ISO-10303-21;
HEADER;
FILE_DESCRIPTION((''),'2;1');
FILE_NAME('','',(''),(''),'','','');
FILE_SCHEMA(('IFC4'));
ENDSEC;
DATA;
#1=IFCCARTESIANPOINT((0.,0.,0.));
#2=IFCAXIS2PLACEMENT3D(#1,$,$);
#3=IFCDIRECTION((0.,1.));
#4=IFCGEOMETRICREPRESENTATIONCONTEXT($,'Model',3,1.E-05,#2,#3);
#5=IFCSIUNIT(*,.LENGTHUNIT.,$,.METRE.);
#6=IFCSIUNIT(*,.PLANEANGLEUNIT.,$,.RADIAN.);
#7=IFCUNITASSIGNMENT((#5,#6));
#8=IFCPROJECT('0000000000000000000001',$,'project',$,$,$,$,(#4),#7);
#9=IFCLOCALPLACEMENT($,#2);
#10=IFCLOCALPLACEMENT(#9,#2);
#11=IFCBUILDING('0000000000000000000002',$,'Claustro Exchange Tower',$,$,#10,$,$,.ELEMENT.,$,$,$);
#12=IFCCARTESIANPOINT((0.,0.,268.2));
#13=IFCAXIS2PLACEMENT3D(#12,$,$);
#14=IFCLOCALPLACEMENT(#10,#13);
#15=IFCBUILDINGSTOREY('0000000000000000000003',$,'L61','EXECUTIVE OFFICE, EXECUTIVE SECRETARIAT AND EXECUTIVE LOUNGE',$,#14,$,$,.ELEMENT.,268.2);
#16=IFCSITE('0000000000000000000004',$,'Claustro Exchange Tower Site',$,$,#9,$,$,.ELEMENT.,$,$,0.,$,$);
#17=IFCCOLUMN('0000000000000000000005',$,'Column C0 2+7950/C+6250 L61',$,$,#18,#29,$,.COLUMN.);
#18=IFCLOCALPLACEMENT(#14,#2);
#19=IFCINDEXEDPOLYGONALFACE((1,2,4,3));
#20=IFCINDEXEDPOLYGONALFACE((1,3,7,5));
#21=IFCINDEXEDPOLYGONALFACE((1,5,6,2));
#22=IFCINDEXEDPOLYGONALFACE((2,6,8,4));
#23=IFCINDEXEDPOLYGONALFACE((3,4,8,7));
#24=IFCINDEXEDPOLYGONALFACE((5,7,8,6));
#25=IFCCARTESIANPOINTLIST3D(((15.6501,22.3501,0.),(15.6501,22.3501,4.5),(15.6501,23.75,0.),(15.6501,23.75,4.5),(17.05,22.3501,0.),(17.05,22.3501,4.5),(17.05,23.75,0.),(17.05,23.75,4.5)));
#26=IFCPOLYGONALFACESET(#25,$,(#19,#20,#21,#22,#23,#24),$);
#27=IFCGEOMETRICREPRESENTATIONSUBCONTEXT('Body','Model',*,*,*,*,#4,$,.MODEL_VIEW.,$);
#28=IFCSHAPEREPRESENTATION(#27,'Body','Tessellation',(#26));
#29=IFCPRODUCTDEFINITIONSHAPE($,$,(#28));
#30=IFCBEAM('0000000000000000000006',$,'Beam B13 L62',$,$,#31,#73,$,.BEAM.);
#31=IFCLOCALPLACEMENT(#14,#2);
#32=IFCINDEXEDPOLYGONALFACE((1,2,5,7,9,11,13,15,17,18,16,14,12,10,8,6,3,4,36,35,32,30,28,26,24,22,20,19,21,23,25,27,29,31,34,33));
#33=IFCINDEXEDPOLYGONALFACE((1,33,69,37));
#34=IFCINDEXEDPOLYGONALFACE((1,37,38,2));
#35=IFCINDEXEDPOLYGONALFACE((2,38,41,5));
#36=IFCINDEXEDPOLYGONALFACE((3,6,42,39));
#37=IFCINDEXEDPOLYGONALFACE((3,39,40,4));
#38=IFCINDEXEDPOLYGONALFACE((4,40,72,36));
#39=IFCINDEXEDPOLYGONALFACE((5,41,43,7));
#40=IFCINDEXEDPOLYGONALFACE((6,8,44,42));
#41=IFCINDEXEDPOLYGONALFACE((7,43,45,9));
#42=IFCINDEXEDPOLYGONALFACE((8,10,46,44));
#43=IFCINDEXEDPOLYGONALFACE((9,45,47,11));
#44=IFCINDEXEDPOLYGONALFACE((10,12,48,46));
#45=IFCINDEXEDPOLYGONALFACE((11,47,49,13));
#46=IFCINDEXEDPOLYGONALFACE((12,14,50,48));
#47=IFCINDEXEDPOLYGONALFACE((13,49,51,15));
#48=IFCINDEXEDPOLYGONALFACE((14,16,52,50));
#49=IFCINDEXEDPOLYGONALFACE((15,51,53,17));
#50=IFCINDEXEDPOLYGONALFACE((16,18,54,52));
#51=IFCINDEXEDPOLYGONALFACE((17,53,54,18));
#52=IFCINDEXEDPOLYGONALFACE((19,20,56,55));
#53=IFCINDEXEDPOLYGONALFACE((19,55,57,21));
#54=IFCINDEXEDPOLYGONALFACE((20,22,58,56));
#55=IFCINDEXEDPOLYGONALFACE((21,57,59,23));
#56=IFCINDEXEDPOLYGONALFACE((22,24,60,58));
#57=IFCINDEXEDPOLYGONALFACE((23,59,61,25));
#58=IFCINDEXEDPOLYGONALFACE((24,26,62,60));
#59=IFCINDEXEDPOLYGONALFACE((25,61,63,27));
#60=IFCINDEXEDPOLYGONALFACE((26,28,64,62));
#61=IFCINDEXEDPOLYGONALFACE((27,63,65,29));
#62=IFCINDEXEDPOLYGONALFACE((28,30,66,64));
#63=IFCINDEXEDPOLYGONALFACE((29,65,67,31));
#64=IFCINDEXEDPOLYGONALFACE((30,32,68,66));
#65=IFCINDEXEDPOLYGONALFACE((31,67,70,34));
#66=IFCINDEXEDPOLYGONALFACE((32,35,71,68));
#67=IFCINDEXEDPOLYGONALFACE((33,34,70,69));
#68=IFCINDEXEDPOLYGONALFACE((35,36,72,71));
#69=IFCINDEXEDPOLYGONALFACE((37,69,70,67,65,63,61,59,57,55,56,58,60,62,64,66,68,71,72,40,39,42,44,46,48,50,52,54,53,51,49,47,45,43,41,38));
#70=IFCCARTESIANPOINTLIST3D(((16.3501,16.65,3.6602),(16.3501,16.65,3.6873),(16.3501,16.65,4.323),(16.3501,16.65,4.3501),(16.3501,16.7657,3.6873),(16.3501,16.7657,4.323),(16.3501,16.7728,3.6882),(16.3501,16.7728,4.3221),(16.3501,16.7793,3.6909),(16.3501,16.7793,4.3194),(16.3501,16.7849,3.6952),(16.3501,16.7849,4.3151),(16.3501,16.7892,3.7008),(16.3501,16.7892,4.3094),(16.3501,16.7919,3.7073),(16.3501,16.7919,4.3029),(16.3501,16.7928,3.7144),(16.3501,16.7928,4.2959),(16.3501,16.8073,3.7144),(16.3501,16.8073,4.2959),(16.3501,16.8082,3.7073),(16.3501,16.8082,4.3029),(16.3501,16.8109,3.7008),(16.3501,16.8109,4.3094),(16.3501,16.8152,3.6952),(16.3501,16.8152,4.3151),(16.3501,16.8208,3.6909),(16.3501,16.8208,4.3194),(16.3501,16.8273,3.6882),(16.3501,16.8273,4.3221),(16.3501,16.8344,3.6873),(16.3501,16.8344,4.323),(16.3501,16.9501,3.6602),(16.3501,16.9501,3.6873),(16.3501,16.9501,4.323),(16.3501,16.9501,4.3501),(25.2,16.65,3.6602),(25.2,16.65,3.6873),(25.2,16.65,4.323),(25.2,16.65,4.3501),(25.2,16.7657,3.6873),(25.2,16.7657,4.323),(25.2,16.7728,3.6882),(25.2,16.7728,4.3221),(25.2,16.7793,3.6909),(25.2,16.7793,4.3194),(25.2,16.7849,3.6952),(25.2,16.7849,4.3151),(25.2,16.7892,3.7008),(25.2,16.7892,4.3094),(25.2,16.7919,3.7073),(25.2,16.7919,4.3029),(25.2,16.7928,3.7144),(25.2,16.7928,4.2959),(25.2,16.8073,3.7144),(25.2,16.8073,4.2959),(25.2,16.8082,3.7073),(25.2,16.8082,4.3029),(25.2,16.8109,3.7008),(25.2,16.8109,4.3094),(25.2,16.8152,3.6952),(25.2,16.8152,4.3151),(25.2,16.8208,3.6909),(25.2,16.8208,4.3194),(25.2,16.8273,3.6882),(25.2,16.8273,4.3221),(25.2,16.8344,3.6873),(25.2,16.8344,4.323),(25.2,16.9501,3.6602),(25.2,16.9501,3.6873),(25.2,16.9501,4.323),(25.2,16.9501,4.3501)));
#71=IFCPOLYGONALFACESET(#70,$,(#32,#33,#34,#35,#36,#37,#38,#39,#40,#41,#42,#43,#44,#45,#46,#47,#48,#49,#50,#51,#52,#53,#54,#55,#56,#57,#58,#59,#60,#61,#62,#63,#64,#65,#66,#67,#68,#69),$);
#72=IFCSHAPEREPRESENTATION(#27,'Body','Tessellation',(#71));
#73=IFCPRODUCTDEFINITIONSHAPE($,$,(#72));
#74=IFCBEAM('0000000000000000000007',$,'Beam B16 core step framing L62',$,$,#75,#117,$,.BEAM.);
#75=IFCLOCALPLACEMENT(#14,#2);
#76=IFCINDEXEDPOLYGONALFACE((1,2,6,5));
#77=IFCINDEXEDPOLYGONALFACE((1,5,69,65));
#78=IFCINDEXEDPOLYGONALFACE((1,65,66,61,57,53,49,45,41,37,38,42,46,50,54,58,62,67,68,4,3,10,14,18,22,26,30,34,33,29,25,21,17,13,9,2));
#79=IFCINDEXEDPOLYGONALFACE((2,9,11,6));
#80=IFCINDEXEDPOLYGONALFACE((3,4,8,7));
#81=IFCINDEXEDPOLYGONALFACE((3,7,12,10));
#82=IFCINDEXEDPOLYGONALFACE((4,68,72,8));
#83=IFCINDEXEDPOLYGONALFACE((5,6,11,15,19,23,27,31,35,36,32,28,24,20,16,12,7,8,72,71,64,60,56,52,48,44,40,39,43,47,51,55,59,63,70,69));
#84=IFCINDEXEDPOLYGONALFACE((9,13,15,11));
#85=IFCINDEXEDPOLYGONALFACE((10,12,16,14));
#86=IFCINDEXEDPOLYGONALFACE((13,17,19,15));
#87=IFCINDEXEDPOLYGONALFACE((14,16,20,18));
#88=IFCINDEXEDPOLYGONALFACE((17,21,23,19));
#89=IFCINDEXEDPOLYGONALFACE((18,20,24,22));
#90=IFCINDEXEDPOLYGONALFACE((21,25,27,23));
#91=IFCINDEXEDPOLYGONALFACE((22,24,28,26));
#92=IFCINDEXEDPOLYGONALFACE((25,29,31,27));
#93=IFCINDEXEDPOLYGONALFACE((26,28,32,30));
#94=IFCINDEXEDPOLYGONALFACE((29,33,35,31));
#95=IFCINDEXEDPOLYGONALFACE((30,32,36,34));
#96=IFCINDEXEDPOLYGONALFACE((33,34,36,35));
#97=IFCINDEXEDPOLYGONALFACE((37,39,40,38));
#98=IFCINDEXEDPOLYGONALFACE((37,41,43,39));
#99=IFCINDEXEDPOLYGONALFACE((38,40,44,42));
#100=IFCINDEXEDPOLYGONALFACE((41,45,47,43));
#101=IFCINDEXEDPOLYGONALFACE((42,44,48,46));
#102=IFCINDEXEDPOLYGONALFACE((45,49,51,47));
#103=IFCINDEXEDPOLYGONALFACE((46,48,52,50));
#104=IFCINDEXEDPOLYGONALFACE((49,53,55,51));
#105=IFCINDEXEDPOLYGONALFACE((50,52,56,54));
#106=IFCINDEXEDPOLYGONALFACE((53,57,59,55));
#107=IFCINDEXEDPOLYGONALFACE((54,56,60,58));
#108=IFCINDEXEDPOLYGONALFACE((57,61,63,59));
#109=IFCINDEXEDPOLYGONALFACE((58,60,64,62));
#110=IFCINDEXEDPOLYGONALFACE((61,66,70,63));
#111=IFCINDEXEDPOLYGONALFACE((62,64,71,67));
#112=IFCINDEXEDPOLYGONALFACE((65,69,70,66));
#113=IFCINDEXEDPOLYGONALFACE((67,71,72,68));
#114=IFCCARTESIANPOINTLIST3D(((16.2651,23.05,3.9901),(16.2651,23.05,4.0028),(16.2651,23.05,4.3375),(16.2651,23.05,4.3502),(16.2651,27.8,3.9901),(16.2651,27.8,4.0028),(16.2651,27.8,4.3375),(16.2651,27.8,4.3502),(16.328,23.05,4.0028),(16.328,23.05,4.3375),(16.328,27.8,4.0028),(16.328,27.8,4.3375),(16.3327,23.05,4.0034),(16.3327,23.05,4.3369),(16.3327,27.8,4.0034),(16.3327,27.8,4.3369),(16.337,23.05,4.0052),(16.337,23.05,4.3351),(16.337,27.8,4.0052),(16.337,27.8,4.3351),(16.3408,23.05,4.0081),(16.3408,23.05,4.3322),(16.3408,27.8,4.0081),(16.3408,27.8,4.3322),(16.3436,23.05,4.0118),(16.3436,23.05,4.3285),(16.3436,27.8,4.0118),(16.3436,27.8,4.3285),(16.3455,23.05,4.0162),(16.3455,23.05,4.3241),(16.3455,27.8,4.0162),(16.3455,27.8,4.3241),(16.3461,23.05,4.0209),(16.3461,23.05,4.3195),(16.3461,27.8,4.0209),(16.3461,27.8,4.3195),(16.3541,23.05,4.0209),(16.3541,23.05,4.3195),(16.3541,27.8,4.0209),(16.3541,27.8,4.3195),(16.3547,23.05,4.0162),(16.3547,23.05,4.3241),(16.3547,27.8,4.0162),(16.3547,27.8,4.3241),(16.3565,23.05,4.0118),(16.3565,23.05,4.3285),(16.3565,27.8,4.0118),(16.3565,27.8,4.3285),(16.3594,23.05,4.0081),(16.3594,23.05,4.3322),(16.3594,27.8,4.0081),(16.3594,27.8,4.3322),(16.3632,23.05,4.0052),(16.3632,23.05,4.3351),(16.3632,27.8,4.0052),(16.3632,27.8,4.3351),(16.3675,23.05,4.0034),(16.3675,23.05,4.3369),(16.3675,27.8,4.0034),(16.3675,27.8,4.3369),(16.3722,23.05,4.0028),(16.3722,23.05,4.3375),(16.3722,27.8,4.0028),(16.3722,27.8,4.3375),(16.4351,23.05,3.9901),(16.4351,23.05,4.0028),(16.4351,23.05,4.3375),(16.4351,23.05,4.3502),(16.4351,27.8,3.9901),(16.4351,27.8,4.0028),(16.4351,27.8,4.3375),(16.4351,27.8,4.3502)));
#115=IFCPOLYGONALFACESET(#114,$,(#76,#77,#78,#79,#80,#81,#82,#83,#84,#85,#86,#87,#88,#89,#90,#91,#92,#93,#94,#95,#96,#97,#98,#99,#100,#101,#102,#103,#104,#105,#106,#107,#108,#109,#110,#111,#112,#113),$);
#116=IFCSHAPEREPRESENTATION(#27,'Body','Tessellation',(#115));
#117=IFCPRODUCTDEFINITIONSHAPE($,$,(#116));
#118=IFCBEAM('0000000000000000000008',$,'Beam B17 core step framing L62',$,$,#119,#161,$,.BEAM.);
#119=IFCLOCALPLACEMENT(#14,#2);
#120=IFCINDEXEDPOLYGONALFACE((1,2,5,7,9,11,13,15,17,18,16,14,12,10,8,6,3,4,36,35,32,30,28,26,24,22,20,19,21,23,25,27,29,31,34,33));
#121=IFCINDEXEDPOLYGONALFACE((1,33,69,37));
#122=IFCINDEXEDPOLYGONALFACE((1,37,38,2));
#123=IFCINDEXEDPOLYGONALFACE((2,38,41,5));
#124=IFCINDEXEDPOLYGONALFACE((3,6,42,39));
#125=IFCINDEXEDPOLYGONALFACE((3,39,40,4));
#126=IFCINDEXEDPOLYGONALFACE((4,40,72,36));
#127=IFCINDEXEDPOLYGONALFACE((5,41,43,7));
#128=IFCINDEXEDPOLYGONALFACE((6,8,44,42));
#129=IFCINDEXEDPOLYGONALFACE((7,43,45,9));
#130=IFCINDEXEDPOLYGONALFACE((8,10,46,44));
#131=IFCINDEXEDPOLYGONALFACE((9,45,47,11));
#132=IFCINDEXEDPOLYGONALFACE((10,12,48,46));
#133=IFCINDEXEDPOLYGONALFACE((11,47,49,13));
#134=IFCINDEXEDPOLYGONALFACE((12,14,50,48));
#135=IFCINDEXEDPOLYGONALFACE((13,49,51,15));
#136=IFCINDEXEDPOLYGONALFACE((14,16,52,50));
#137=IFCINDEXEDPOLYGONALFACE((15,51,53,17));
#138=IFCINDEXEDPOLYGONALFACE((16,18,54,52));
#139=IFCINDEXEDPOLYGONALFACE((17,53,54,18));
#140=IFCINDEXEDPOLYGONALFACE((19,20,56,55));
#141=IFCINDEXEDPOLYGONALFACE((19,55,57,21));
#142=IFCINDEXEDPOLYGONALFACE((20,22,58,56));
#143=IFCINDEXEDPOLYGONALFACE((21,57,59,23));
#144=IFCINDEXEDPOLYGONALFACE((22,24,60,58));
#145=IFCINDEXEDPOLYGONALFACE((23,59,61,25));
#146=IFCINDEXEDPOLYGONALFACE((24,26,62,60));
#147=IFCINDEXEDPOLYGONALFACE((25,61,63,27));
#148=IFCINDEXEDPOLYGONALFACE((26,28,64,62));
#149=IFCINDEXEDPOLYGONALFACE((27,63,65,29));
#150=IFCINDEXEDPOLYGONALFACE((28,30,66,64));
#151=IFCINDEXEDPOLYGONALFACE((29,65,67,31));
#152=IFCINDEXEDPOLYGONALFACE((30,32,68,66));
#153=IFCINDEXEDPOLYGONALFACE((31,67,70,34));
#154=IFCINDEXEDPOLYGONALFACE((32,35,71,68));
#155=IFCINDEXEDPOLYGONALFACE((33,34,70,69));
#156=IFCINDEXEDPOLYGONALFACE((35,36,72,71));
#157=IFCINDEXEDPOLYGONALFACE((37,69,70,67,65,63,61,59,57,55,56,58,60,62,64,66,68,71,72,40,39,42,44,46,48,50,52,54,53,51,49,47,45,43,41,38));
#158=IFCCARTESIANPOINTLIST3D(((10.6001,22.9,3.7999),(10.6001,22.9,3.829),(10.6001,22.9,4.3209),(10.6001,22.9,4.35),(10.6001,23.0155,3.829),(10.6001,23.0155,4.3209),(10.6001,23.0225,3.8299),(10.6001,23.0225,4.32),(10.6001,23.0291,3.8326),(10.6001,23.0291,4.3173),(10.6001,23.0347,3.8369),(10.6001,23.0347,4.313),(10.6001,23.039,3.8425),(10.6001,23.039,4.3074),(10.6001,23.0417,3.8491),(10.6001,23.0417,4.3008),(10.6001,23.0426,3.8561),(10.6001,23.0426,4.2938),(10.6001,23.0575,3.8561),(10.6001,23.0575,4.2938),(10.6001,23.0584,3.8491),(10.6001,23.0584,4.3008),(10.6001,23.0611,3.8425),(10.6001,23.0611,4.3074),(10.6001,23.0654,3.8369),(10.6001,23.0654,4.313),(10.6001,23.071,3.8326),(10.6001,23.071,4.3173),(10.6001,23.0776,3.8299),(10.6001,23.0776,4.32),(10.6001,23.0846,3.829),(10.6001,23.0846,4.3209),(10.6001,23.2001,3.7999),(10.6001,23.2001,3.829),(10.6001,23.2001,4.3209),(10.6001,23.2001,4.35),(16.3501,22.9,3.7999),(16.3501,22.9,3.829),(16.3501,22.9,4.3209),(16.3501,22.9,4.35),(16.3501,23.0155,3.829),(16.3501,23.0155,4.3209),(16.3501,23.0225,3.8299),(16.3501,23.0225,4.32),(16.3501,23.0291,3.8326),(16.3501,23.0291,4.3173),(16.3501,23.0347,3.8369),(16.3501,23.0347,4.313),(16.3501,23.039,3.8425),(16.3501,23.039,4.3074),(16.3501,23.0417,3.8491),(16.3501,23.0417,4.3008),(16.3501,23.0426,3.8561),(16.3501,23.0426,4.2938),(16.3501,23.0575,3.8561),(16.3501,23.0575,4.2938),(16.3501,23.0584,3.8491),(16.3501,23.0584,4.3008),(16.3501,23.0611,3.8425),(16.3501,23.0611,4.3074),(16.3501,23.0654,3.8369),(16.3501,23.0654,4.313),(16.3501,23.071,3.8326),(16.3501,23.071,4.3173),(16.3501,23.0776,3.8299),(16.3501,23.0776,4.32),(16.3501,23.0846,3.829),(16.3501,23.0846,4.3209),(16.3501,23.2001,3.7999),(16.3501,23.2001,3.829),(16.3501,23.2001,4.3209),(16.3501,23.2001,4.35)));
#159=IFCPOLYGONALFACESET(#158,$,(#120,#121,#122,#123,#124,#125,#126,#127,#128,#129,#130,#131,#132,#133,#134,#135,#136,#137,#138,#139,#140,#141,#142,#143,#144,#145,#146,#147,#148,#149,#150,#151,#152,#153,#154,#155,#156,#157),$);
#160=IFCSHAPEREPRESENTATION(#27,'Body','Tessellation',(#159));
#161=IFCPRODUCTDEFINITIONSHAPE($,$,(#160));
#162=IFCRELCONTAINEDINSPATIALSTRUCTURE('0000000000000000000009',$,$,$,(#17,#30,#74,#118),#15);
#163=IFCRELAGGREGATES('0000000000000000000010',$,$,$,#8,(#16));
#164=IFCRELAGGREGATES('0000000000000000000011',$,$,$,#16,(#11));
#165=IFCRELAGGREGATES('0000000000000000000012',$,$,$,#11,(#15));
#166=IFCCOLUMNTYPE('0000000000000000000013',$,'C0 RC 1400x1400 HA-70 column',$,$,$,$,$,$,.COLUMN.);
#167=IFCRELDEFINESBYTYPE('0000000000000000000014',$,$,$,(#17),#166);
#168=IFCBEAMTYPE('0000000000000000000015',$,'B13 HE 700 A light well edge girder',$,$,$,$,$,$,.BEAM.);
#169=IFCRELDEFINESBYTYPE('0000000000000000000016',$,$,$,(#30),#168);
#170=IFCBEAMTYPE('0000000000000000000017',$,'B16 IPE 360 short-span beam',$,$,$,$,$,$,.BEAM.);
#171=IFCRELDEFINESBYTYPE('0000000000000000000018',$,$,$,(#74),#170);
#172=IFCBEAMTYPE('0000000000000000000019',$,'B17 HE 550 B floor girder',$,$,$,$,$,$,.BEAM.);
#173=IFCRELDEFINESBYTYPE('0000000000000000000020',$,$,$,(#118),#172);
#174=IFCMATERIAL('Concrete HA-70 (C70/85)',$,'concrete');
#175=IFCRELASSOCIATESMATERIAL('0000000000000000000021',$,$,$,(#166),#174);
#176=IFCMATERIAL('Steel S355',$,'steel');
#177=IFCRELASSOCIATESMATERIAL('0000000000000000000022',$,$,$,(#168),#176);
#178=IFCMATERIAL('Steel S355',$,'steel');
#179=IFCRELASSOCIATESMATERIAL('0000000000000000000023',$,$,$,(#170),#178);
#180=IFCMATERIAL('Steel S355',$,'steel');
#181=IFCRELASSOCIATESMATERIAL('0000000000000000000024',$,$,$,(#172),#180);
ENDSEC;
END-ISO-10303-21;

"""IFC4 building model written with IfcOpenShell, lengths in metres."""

from ifc_helpers import new_model, si_unit, direction, frame, origin, origin_2d, place, context, subcontext, project, spatial, rectangle, i_section, extrude, material, material_profile, profile_set, type_object, element, save


model = new_model("IFC4")

# Units and contexts
model_context = context("Model", 3, precision=1e-05, world=origin(), true_north=direction((0.0, 1.0)))
body_context = subcontext(model_context, "Body", "Model", "MODEL_VIEW")
ifc_project = project(units=[si_unit("LENGTHUNIT", "METRE"), si_unit("PLANEANGLEUNIT", "RADIAN")], contexts=[model_context])

# Site, building, storey
site_placement = place(None, origin())
site = spatial("IfcSite", under=ifc_project, at=site_placement, Name="Claustro Exchange Tower Site", CompositionType="ELEMENT", RefElevation=0.0)
building_placement = place(site_placement, origin())
building = spatial("IfcBuilding", under=site, at=building_placement, Name="Claustro Exchange Tower", CompositionType="ELEMENT")
storey_placement = place(building_placement, frame((0.0, 0.0, 268.2)))
storey = spatial("IfcBuildingStorey", under=building, at=storey_placement, Name="L61", Description="EXECUTIVE OFFICE, EXECUTIVE SECRETARIAT AND EXECUTIVE LOUNGE", CompositionType="ELEMENT", Elevation=268.2)

# Column
ifc_material_1 = material(Name="Concrete HA-70 (C70/85)", Category="concrete")
ifc_material_profile_1 = material_profile(ifc_material_1, rectangle(XDim=1.3999, YDim=1.3999, at=origin_2d()), Name="RC 1400x1400")
ifc_profile_set_1 = profile_set([ifc_material_profile_1], Name="Concrete HA-70 (C70/85)")
column_type = type_object("IfcColumnType", Name="C0 RC 1400x1400 HA-70 column", PredefinedType="COLUMN", material=ifc_profile_set_1)
column_placement = place(storey_placement, frame((16.3501, 23.05, 0.0), z_axis=(0.0, 0.0, 1.0), x_axis=(1.0, 0.0, 0.0)))
element("IfcColumn", 1, at=column_placement, inside=storey, type_object=column_type, Name="Column C0 2+7950/C+6250 L61", PredefinedType="COLUMN", context=body_context, shape_type="SweptSolid", body=[
    extrude(rectangle(XDim=1.3999, YDim=1.3999, at=origin_2d()), origin(), (0.0, 0.0, 1.0), 4.5),
])

# Beams
ifc_material_2 = material(Name="Steel S355", Category="steel")
ifc_material_profile_2 = material_profile(ifc_material_2, i_section(OverallWidth=0.3, OverallDepth=0.6899, WebThickness=0.0144, FlangeThickness=0.0271, FilletRadius=0.0271, at=origin_2d()), Name="HE 700 A")
ifc_profile_set_2 = profile_set([ifc_material_profile_2], Name="Steel S355")
beam_type_1 = type_object("IfcBeamType", Name="B13 HE 700 A light well edge girder", PredefinedType="BEAM", material=ifc_profile_set_2)
beam_1_placement = place(storey_placement, frame((16.3501, 16.8, 4.0051), z_axis=(1.0, 0.0, 0.0), x_axis=(0.0, 1.0, 0.0)))
element("IfcBeam", 2, at=beam_1_placement, inside=storey, type_object=beam_type_1, Name="Beam B13 L62", PredefinedType="BEAM", context=body_context, shape_type="SweptSolid", body=[
    extrude(i_section(OverallWidth=0.3, OverallDepth=0.6899, WebThickness=0.0144, FlangeThickness=0.0271, FilletRadius=0.0271, at=origin_2d()), origin(), (0.0, 0.0, 1.0), 8.8499),
])
ifc_material_3 = material(Name="Steel S355", Category="steel")
ifc_material_profile_3 = material_profile(ifc_material_3, i_section(OverallWidth=0.1699, OverallDepth=0.3601, WebThickness=0.0081, FlangeThickness=0.0127, FilletRadius=0.0181, at=origin_2d()), Name="IPE 360")
ifc_profile_set_3 = profile_set([ifc_material_profile_3], Name="Steel S355")
beam_type_2 = type_object("IfcBeamType", Name="B16 IPE 360 short-span beam", PredefinedType="BEAM", material=ifc_profile_set_3)
beam_2_placement = place(storey_placement, frame((16.3501, 23.05, 4.1702), z_axis=(0.0, 1.0, 0.0), x_axis=(-1.0, 0.0, 0.0)))
element("IfcBeam", 3, at=beam_2_placement, inside=storey, type_object=beam_type_2, Name="Beam B16 core step framing L62", PredefinedType="BEAM", context=body_context, shape_type="SweptSolid", body=[
    extrude(i_section(OverallWidth=0.1699, OverallDepth=0.3601, WebThickness=0.0081, FlangeThickness=0.0127, FilletRadius=0.0181, at=origin_2d()), origin(), (0.0, 0.0, 1.0), 4.75),
])
ifc_material_4 = material(Name="Steel S355", Category="steel")
ifc_material_profile_4 = material_profile(ifc_material_4, i_section(OverallWidth=0.3, OverallDepth=0.55, WebThickness=0.0149, FlangeThickness=0.0291, FilletRadius=0.0271, at=origin_2d()), Name="HE 550 B")
ifc_profile_set_4 = profile_set([ifc_material_profile_4], Name="Steel S355")
beam_type_3 = type_object("IfcBeamType", Name="B17 HE 550 B floor girder", PredefinedType="BEAM", material=ifc_profile_set_4)
beam_3_placement = place(storey_placement, frame((10.6001, 23.05, 4.075), z_axis=(1.0, 0.0, 0.0), x_axis=(0.0, 1.0, 0.0)))
element("IfcBeam", 4, at=beam_3_placement, inside=storey, type_object=beam_type_3, Name="Beam B17 core step framing L62", PredefinedType="BEAM", context=body_context, shape_type="SweptSolid", body=[
    extrude(i_section(OverallWidth=0.3, OverallDepth=0.55, WebThickness=0.0149, FlangeThickness=0.0291, FilletRadius=0.0271, at=origin_2d()), origin(), (0.0, 0.0, 1.0), 5.75),
])

save(model, "model.ifc")
